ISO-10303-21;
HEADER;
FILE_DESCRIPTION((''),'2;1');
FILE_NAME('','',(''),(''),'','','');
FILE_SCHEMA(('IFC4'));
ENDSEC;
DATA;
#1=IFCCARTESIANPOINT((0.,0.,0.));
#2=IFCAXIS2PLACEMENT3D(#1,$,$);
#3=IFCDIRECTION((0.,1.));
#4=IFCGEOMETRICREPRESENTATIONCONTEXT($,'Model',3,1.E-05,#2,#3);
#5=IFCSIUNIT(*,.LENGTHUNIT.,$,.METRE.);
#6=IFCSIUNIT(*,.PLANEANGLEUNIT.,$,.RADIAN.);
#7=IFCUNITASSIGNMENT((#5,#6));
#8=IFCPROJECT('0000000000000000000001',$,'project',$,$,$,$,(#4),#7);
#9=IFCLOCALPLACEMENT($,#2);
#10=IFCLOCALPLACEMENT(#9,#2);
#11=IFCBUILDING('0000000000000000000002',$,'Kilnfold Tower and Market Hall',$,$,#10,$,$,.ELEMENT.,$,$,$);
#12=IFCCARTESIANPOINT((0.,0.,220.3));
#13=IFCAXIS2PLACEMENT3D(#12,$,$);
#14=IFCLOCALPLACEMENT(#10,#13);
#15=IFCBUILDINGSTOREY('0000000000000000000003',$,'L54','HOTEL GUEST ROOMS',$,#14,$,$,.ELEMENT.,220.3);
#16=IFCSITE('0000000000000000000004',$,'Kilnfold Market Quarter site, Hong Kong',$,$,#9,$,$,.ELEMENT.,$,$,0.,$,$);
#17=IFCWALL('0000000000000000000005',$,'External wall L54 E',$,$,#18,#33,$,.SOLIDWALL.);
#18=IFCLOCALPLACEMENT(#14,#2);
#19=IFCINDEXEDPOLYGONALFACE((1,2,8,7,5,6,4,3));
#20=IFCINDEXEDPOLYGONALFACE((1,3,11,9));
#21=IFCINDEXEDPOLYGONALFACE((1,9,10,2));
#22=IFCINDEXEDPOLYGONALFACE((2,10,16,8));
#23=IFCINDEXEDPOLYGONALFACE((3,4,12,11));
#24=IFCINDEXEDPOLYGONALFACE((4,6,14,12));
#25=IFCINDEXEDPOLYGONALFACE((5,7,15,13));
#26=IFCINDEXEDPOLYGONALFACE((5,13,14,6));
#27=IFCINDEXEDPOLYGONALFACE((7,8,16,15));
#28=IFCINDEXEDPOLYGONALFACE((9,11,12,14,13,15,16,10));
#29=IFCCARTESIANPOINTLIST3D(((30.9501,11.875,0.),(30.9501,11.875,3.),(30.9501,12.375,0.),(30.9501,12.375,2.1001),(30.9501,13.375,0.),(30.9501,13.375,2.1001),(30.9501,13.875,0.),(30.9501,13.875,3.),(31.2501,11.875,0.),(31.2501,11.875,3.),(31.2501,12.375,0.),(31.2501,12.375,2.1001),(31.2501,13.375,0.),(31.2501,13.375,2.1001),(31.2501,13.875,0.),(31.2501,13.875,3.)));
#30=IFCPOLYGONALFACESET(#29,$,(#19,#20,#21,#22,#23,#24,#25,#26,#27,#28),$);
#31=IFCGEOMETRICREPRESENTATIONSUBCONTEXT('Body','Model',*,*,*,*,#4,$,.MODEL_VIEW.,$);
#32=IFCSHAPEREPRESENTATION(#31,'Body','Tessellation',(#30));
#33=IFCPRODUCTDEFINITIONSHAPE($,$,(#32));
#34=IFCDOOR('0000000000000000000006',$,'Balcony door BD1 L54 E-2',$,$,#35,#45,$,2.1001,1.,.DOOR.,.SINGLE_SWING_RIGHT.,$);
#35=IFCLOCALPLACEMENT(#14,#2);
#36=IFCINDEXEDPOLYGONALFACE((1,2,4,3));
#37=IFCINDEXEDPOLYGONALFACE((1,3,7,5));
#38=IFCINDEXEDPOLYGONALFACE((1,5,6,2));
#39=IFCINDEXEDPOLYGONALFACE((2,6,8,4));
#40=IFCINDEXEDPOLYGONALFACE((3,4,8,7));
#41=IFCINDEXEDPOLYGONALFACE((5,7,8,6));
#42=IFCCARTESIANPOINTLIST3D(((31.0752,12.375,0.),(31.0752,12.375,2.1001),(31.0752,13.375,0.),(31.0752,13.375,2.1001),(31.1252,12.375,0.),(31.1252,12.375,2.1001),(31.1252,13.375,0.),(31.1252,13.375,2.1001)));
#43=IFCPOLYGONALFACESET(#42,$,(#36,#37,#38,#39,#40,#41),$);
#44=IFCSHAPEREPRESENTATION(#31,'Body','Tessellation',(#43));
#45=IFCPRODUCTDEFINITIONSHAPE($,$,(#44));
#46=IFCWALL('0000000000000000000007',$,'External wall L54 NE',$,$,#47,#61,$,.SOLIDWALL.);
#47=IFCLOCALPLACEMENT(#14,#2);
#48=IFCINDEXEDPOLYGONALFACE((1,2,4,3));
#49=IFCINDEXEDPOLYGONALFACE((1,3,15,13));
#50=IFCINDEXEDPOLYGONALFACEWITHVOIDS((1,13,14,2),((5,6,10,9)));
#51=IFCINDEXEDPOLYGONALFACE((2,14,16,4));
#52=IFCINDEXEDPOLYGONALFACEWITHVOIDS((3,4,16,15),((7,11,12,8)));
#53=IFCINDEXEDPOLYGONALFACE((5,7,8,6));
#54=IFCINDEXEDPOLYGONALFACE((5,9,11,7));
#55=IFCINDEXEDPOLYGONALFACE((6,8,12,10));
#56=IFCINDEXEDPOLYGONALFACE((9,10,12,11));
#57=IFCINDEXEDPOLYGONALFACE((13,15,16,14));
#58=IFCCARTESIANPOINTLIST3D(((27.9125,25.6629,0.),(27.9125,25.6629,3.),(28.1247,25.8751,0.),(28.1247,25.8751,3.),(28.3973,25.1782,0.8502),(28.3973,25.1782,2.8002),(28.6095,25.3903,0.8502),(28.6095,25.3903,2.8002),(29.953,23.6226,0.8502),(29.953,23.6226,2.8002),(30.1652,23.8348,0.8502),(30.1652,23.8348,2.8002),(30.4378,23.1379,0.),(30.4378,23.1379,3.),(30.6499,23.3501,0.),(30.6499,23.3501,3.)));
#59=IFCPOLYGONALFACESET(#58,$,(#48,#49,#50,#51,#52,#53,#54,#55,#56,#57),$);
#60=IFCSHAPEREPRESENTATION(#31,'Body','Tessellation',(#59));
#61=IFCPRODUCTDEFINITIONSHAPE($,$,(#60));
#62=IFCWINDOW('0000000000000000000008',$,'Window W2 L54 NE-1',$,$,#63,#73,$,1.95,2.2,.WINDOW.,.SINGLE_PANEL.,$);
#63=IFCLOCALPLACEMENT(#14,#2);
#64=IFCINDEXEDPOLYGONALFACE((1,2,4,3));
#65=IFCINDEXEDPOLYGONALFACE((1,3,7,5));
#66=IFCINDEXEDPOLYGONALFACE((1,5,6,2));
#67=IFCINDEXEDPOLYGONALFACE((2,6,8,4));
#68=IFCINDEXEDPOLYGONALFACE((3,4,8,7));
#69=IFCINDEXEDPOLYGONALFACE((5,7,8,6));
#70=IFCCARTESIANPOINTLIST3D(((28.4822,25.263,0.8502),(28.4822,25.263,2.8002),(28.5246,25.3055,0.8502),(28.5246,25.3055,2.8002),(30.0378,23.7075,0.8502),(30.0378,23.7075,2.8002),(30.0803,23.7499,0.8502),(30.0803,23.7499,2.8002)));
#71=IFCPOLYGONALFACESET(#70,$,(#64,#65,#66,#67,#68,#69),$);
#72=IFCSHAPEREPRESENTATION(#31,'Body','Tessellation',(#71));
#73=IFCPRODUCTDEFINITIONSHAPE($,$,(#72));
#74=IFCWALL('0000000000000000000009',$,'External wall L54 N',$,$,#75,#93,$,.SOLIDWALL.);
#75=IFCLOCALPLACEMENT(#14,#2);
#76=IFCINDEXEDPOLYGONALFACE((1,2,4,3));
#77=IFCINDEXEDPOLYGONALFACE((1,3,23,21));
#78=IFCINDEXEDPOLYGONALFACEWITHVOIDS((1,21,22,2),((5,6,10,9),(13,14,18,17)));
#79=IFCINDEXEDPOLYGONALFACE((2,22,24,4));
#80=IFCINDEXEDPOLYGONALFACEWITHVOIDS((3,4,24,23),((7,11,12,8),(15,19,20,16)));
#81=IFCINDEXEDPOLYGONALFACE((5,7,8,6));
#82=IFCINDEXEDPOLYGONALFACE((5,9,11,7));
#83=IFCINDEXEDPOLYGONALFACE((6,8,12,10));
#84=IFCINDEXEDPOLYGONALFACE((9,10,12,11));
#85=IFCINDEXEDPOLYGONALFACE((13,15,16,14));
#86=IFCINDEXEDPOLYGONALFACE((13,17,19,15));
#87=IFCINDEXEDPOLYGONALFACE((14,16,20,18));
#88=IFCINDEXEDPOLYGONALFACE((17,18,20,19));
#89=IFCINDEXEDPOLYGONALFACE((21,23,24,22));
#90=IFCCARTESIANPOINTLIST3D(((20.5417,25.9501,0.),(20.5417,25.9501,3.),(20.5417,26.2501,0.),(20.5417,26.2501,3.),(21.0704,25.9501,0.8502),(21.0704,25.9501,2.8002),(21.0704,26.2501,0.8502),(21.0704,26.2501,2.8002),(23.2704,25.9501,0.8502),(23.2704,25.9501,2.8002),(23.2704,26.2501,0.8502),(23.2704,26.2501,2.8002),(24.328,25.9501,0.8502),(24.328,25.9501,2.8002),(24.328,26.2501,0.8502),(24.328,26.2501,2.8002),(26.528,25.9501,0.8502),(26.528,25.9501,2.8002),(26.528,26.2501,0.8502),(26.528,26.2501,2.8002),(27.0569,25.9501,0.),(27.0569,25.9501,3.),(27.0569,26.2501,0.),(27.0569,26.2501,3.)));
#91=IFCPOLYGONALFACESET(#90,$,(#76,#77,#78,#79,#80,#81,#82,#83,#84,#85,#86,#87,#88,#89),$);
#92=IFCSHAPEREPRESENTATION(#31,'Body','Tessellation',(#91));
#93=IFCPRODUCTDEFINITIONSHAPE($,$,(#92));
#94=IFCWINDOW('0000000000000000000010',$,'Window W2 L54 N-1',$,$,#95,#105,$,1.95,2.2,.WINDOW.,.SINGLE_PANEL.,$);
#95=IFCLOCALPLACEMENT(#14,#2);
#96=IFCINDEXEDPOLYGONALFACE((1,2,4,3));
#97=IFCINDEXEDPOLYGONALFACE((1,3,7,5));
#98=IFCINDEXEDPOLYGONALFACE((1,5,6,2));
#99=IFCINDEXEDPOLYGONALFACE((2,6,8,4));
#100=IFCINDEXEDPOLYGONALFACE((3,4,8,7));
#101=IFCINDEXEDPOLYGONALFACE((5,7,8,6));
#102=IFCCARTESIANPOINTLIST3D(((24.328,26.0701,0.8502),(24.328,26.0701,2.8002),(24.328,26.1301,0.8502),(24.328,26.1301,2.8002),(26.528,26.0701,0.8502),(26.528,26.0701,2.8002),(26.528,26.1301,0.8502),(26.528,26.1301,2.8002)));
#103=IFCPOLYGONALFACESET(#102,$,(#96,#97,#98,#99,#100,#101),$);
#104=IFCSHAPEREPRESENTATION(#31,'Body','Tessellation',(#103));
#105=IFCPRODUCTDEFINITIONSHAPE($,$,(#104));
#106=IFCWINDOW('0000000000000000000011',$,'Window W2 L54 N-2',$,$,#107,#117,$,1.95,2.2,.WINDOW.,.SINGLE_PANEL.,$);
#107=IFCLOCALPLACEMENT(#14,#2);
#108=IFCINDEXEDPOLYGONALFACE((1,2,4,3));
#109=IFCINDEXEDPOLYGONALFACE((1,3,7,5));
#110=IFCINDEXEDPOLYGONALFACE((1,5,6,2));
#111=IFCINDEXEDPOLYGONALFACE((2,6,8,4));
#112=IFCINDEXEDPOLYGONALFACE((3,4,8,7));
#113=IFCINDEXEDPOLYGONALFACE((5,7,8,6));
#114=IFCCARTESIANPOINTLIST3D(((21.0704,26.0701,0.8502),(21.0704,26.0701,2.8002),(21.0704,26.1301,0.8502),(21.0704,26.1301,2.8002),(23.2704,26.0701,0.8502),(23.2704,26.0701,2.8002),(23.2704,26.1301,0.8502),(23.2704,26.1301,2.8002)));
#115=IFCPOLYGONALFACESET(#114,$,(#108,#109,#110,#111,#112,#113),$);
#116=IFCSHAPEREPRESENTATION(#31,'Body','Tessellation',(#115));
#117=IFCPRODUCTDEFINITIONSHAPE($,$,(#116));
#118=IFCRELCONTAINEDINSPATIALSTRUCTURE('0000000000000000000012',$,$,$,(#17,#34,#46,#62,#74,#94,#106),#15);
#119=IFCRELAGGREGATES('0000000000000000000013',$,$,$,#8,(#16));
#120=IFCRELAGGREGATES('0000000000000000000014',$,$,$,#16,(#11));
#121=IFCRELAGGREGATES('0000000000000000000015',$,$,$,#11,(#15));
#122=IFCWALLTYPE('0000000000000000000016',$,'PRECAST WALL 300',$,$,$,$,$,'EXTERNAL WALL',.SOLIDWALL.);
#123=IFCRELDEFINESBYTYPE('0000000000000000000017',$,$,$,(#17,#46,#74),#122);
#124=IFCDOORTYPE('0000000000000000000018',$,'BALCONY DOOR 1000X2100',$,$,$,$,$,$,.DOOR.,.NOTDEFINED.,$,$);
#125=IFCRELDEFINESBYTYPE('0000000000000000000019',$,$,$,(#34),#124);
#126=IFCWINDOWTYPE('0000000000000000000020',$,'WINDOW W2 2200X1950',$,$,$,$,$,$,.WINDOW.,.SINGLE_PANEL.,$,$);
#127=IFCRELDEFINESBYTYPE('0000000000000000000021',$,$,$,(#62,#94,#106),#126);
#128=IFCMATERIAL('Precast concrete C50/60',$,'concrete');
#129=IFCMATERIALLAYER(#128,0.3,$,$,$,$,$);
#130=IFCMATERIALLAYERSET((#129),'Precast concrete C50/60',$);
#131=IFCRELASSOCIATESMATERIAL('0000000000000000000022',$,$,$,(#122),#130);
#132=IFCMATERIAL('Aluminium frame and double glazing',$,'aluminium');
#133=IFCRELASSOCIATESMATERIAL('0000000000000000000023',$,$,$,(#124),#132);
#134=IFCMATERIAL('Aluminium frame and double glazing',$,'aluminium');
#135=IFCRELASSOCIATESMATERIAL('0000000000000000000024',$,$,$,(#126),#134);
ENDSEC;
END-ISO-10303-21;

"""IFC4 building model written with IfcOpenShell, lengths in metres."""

from ifc_helpers import new_model, si_unit, direction, frame, frame_2d, origin, place, context, subcontext, project, spatial, rectangle, extrude, source, transform, mapped, material, layer, layer_set, type_object, element, fill, save


model = new_model("IFC4")

# Units and contexts
model_context = context("Model", 3, precision=1e-05, world=origin(), true_north=direction((0.0, 1.0)))
body_context = subcontext(model_context, "Body", "Model", "MODEL_VIEW")
ifc_project = project(units=[si_unit("LENGTHUNIT", "METRE"), si_unit("PLANEANGLEUNIT", "RADIAN")], contexts=[model_context])

# Site, building, storey
site_placement = place(None, origin())
site = spatial("IfcSite", under=ifc_project, at=site_placement, Name="Kilnfold Market Quarter site, Hong Kong", CompositionType="ELEMENT", RefElevation=0.0)
building_placement = place(site_placement, origin())
building = spatial("IfcBuilding", under=site, at=building_placement, Name="Kilnfold Tower and Market Hall", CompositionType="ELEMENT")
storey_placement = place(building_placement, frame((0.0, 0.0, 220.3)))
storey = spatial("IfcBuildingStorey", under=building, at=storey_placement, Name="L54", Description="HOTEL GUEST ROOMS", CompositionType="ELEMENT", Elevation=220.3)

# Wall, opening, door
ifc_material_1 = material(Name="Precast concrete C50/60", Category="concrete")
ifc_layer_1 = layer(ifc_material_1, 0.3)
ifc_layer_set_1 = layer_set([ifc_layer_1], Name="Precast concrete C50/60")
wall_type_1 = type_object("IfcWallType", Name="PRECAST WALL 300", ElementType="EXTERNAL WALL", PredefinedType="SOLIDWALL", material=ifc_layer_set_1)
shared_shape_1 = source(origin(), body_context, "Body", "SweptSolid", [
    extrude(rectangle(XDim=2.0, YDim=0.3, at=frame_2d((1.0, 0.0))), origin(), (0.0, 0.0, 1.0), 3.0),
])
wall_1_placement = place(storey_placement, frame((31.1001, 11.875, 0.0), z_axis=(0.0, 0.0, 1.0), x_axis=(0.0, 1.0, 0.0)))
wall_1 = element("IfcWall", 1, at=wall_1_placement, inside=storey, type_object=wall_type_1, Name="External wall L54 E", PredefinedType="SOLIDWALL", context=body_context, shape_type="MappedRepresentation", body=[
    mapped(shared_shape_1, transform((0.0, 0.0, 0.0))),
])
opening_1_placement = place(wall_1_placement, frame((0.5, 0.0, 0.0)))
opening_1 = element("IfcOpeningElement", 2, at=opening_1_placement, cuts=wall_1, PredefinedType="OPENING", context=body_context, shape_type="SweptSolid", body=[
    extrude(rectangle(XDim=1.0, YDim=2.1001, at=frame_2d((0.5, 1.05))), frame((0.0, 0.1602, 0.0), z_axis=(0.0, -1.0, 0.0), x_axis=(1.0, 0.0, 0.0)), (0.0, 0.0, 1.0), 0.3201),
])
ifc_material_2 = material(Name="Aluminium frame and double glazing", Category="aluminium")
door_type_1 = type_object("IfcDoorType", Name="BALCONY DOOR 1000X2100", OperationType="NOTDEFINED", PredefinedType="DOOR", material=ifc_material_2)
door_1_placement = place(opening_1_placement, origin())
door_1 = element("IfcDoor", 3, at=door_1_placement, inside=storey, type_object=door_type_1, Name="Balcony door BD1 L54 E-2", OperationType="SINGLE_SWING_RIGHT", OverallHeight=2.1001, OverallWidth=1.0, PredefinedType="DOOR", context=body_context, shape_type="SweptSolid", body=[
    extrude(rectangle(XDim=1.0, YDim=2.1001, at=frame_2d((0.5, 1.05))), frame((0.0, 0.0249, 0.0), z_axis=(0.0, -1.0, 0.0), x_axis=(1.0, 0.0, 0.0)), (0.0, 0.0, 1.0), 0.05),
])
fill(opening_1, door_1)

# Wall, opening, window
shared_shape_2 = source(origin(), body_context, "Body", "SweptSolid", [
    extrude(rectangle(XDim=3.571, YDim=0.3, at=frame_2d((1.7856, 0.0))), origin(), (0.0, 0.0, 1.0), 3.0),
])
wall_2_placement = place(storey_placement, frame((30.5439, 23.2439, 0.0), z_axis=(0.0, 0.0, 1.0), x_axis=(-0.707141, 0.707073, 0.0)))
wall_2 = element("IfcWall", 4, at=wall_2_placement, inside=storey, type_object=wall_type_1, Name="External wall L54 NE", PredefinedType="SOLIDWALL", context=body_context, shape_type="MappedRepresentation", body=[
    mapped(shared_shape_2, transform((0.0, 0.0, 0.0))),
])
opening_2_placement = place(wall_2_placement, frame((0.6855, 0.0, 0.8501)))
opening_2 = element("IfcOpeningElement", 5, at=opening_2_placement, cuts=wall_2, PredefinedType="OPENING", context=body_context, shape_type="SweptSolid", body=[
    extrude(rectangle(XDim=2.2, YDim=1.95, at=frame_2d((1.1001, 0.9751))), frame((0.0, 0.1602, 0.0), z_axis=(0.0, -1.0, 0.0), x_axis=(1.0, 0.0, 0.0)), (0.0, 0.0, 1.0), 0.3201),
])
ifc_material_3 = material(Name="Aluminium frame and double glazing", Category="aluminium")
window_type = type_object("IfcWindowType", Name="WINDOW W2 2200X1950", PartitioningType="SINGLE_PANEL", PredefinedType="WINDOW", material=ifc_material_3)
window_1_placement = place(opening_2_placement, origin())
window_1 = element("IfcWindow", 6, at=window_1_placement, inside=storey, type_object=window_type, Name="Window W2 L54 NE-1", OverallHeight=1.95, OverallWidth=2.2, PartitioningType="SINGLE_PANEL", PredefinedType="WINDOW", context=body_context, shape_type="SweptSolid", body=[
    extrude(rectangle(XDim=2.2, YDim=1.95, at=frame_2d((1.1001, 0.9751))), frame((0.0, 0.03, 0.0), z_axis=(0.0, -1.0, 0.0), x_axis=(1.0, 0.0, 0.0)), (0.0, 0.0, 1.0), 0.0601),
])
fill(opening_2, window_1)

# Wall, openings, windows
shared_shape_3 = source(origin(), body_context, "Body", "SweptSolid", [
    extrude(rectangle(XDim=6.5151, YDim=0.3, at=frame_2d((3.2576, 0.0))), origin(), (0.0, 0.0, 1.0), 3.0),
])
wall_3_placement = place(storey_placement, frame((27.0569, 26.1001, 0.0), z_axis=(0.0, 0.0, 1.0), x_axis=(-1.0, 0.0, 0.0)))
wall_3 = element("IfcWall", 7, at=wall_3_placement, inside=storey, type_object=wall_type_1, Name="External wall L54 N", PredefinedType="SOLIDWALL", context=body_context, shape_type="MappedRepresentation", body=[
    mapped(shared_shape_3, transform((0.0, 0.0, 0.0))),
])
opening_3_placement = place(wall_3_placement, frame((0.5288, 0.0, 0.8501)))
opening_3 = element("IfcOpeningElement", 8, at=opening_3_placement, cuts=wall_3, PredefinedType="OPENING", context=body_context, shape_type="SweptSolid", body=[
    extrude(rectangle(XDim=2.2, YDim=1.95, at=frame_2d((1.1001, 0.9751))), frame((0.0, 0.1602, 0.0), z_axis=(0.0, -1.0, 0.0), x_axis=(1.0, 0.0, 0.0)), (0.0, 0.0, 1.0), 0.3201),
])
opening_4_placement = place(wall_3_placement, frame((3.7864, 0.0, 0.8501)))
opening_4 = element("IfcOpeningElement", 9, at=opening_4_placement, cuts=wall_3, PredefinedType="OPENING", context=body_context, shape_type="SweptSolid", body=[
    extrude(rectangle(XDim=2.2, YDim=1.95, at=frame_2d((1.1001, 0.9751))), frame((0.0, 0.1602, 0.0), z_axis=(0.0, -1.0, 0.0), x_axis=(1.0, 0.0, 0.0)), (0.0, 0.0, 1.0), 0.3201),
])
window_2_placement = place(opening_3_placement, origin())
window_2 = element("IfcWindow", 10, at=window_2_placement, inside=storey, type_object=window_type, Name="Window W2 L54 N-1", OverallHeight=1.95, OverallWidth=2.2, PartitioningType="SINGLE_PANEL", PredefinedType="WINDOW", context=body_context, shape_type="SweptSolid", body=[
    extrude(rectangle(XDim=2.2, YDim=1.95, at=frame_2d((1.1001, 0.9751))), frame((0.0, 0.03, 0.0), z_axis=(0.0, -1.0, 0.0), x_axis=(1.0, 0.0, 0.0)), (0.0, 0.0, 1.0), 0.0601),
])
fill(opening_3, window_2)
window_3_placement = place(opening_4_placement, origin())
window_3 = element("IfcWindow", 11, at=window_3_placement, inside=storey, type_object=window_type, Name="Window W2 L54 N-2", OverallHeight=1.95, OverallWidth=2.2, PartitioningType="SINGLE_PANEL", PredefinedType="WINDOW", context=body_context, shape_type="SweptSolid", body=[
    extrude(rectangle(XDim=2.2, YDim=1.95, at=frame_2d((1.1001, 0.9751))), frame((0.0, 0.03, 0.0), z_axis=(0.0, -1.0, 0.0), x_axis=(1.0, 0.0, 0.0)), (0.0, 0.0, 1.0), 0.0601),
])
fill(opening_4, window_3)

save(model, "model.ifc")
